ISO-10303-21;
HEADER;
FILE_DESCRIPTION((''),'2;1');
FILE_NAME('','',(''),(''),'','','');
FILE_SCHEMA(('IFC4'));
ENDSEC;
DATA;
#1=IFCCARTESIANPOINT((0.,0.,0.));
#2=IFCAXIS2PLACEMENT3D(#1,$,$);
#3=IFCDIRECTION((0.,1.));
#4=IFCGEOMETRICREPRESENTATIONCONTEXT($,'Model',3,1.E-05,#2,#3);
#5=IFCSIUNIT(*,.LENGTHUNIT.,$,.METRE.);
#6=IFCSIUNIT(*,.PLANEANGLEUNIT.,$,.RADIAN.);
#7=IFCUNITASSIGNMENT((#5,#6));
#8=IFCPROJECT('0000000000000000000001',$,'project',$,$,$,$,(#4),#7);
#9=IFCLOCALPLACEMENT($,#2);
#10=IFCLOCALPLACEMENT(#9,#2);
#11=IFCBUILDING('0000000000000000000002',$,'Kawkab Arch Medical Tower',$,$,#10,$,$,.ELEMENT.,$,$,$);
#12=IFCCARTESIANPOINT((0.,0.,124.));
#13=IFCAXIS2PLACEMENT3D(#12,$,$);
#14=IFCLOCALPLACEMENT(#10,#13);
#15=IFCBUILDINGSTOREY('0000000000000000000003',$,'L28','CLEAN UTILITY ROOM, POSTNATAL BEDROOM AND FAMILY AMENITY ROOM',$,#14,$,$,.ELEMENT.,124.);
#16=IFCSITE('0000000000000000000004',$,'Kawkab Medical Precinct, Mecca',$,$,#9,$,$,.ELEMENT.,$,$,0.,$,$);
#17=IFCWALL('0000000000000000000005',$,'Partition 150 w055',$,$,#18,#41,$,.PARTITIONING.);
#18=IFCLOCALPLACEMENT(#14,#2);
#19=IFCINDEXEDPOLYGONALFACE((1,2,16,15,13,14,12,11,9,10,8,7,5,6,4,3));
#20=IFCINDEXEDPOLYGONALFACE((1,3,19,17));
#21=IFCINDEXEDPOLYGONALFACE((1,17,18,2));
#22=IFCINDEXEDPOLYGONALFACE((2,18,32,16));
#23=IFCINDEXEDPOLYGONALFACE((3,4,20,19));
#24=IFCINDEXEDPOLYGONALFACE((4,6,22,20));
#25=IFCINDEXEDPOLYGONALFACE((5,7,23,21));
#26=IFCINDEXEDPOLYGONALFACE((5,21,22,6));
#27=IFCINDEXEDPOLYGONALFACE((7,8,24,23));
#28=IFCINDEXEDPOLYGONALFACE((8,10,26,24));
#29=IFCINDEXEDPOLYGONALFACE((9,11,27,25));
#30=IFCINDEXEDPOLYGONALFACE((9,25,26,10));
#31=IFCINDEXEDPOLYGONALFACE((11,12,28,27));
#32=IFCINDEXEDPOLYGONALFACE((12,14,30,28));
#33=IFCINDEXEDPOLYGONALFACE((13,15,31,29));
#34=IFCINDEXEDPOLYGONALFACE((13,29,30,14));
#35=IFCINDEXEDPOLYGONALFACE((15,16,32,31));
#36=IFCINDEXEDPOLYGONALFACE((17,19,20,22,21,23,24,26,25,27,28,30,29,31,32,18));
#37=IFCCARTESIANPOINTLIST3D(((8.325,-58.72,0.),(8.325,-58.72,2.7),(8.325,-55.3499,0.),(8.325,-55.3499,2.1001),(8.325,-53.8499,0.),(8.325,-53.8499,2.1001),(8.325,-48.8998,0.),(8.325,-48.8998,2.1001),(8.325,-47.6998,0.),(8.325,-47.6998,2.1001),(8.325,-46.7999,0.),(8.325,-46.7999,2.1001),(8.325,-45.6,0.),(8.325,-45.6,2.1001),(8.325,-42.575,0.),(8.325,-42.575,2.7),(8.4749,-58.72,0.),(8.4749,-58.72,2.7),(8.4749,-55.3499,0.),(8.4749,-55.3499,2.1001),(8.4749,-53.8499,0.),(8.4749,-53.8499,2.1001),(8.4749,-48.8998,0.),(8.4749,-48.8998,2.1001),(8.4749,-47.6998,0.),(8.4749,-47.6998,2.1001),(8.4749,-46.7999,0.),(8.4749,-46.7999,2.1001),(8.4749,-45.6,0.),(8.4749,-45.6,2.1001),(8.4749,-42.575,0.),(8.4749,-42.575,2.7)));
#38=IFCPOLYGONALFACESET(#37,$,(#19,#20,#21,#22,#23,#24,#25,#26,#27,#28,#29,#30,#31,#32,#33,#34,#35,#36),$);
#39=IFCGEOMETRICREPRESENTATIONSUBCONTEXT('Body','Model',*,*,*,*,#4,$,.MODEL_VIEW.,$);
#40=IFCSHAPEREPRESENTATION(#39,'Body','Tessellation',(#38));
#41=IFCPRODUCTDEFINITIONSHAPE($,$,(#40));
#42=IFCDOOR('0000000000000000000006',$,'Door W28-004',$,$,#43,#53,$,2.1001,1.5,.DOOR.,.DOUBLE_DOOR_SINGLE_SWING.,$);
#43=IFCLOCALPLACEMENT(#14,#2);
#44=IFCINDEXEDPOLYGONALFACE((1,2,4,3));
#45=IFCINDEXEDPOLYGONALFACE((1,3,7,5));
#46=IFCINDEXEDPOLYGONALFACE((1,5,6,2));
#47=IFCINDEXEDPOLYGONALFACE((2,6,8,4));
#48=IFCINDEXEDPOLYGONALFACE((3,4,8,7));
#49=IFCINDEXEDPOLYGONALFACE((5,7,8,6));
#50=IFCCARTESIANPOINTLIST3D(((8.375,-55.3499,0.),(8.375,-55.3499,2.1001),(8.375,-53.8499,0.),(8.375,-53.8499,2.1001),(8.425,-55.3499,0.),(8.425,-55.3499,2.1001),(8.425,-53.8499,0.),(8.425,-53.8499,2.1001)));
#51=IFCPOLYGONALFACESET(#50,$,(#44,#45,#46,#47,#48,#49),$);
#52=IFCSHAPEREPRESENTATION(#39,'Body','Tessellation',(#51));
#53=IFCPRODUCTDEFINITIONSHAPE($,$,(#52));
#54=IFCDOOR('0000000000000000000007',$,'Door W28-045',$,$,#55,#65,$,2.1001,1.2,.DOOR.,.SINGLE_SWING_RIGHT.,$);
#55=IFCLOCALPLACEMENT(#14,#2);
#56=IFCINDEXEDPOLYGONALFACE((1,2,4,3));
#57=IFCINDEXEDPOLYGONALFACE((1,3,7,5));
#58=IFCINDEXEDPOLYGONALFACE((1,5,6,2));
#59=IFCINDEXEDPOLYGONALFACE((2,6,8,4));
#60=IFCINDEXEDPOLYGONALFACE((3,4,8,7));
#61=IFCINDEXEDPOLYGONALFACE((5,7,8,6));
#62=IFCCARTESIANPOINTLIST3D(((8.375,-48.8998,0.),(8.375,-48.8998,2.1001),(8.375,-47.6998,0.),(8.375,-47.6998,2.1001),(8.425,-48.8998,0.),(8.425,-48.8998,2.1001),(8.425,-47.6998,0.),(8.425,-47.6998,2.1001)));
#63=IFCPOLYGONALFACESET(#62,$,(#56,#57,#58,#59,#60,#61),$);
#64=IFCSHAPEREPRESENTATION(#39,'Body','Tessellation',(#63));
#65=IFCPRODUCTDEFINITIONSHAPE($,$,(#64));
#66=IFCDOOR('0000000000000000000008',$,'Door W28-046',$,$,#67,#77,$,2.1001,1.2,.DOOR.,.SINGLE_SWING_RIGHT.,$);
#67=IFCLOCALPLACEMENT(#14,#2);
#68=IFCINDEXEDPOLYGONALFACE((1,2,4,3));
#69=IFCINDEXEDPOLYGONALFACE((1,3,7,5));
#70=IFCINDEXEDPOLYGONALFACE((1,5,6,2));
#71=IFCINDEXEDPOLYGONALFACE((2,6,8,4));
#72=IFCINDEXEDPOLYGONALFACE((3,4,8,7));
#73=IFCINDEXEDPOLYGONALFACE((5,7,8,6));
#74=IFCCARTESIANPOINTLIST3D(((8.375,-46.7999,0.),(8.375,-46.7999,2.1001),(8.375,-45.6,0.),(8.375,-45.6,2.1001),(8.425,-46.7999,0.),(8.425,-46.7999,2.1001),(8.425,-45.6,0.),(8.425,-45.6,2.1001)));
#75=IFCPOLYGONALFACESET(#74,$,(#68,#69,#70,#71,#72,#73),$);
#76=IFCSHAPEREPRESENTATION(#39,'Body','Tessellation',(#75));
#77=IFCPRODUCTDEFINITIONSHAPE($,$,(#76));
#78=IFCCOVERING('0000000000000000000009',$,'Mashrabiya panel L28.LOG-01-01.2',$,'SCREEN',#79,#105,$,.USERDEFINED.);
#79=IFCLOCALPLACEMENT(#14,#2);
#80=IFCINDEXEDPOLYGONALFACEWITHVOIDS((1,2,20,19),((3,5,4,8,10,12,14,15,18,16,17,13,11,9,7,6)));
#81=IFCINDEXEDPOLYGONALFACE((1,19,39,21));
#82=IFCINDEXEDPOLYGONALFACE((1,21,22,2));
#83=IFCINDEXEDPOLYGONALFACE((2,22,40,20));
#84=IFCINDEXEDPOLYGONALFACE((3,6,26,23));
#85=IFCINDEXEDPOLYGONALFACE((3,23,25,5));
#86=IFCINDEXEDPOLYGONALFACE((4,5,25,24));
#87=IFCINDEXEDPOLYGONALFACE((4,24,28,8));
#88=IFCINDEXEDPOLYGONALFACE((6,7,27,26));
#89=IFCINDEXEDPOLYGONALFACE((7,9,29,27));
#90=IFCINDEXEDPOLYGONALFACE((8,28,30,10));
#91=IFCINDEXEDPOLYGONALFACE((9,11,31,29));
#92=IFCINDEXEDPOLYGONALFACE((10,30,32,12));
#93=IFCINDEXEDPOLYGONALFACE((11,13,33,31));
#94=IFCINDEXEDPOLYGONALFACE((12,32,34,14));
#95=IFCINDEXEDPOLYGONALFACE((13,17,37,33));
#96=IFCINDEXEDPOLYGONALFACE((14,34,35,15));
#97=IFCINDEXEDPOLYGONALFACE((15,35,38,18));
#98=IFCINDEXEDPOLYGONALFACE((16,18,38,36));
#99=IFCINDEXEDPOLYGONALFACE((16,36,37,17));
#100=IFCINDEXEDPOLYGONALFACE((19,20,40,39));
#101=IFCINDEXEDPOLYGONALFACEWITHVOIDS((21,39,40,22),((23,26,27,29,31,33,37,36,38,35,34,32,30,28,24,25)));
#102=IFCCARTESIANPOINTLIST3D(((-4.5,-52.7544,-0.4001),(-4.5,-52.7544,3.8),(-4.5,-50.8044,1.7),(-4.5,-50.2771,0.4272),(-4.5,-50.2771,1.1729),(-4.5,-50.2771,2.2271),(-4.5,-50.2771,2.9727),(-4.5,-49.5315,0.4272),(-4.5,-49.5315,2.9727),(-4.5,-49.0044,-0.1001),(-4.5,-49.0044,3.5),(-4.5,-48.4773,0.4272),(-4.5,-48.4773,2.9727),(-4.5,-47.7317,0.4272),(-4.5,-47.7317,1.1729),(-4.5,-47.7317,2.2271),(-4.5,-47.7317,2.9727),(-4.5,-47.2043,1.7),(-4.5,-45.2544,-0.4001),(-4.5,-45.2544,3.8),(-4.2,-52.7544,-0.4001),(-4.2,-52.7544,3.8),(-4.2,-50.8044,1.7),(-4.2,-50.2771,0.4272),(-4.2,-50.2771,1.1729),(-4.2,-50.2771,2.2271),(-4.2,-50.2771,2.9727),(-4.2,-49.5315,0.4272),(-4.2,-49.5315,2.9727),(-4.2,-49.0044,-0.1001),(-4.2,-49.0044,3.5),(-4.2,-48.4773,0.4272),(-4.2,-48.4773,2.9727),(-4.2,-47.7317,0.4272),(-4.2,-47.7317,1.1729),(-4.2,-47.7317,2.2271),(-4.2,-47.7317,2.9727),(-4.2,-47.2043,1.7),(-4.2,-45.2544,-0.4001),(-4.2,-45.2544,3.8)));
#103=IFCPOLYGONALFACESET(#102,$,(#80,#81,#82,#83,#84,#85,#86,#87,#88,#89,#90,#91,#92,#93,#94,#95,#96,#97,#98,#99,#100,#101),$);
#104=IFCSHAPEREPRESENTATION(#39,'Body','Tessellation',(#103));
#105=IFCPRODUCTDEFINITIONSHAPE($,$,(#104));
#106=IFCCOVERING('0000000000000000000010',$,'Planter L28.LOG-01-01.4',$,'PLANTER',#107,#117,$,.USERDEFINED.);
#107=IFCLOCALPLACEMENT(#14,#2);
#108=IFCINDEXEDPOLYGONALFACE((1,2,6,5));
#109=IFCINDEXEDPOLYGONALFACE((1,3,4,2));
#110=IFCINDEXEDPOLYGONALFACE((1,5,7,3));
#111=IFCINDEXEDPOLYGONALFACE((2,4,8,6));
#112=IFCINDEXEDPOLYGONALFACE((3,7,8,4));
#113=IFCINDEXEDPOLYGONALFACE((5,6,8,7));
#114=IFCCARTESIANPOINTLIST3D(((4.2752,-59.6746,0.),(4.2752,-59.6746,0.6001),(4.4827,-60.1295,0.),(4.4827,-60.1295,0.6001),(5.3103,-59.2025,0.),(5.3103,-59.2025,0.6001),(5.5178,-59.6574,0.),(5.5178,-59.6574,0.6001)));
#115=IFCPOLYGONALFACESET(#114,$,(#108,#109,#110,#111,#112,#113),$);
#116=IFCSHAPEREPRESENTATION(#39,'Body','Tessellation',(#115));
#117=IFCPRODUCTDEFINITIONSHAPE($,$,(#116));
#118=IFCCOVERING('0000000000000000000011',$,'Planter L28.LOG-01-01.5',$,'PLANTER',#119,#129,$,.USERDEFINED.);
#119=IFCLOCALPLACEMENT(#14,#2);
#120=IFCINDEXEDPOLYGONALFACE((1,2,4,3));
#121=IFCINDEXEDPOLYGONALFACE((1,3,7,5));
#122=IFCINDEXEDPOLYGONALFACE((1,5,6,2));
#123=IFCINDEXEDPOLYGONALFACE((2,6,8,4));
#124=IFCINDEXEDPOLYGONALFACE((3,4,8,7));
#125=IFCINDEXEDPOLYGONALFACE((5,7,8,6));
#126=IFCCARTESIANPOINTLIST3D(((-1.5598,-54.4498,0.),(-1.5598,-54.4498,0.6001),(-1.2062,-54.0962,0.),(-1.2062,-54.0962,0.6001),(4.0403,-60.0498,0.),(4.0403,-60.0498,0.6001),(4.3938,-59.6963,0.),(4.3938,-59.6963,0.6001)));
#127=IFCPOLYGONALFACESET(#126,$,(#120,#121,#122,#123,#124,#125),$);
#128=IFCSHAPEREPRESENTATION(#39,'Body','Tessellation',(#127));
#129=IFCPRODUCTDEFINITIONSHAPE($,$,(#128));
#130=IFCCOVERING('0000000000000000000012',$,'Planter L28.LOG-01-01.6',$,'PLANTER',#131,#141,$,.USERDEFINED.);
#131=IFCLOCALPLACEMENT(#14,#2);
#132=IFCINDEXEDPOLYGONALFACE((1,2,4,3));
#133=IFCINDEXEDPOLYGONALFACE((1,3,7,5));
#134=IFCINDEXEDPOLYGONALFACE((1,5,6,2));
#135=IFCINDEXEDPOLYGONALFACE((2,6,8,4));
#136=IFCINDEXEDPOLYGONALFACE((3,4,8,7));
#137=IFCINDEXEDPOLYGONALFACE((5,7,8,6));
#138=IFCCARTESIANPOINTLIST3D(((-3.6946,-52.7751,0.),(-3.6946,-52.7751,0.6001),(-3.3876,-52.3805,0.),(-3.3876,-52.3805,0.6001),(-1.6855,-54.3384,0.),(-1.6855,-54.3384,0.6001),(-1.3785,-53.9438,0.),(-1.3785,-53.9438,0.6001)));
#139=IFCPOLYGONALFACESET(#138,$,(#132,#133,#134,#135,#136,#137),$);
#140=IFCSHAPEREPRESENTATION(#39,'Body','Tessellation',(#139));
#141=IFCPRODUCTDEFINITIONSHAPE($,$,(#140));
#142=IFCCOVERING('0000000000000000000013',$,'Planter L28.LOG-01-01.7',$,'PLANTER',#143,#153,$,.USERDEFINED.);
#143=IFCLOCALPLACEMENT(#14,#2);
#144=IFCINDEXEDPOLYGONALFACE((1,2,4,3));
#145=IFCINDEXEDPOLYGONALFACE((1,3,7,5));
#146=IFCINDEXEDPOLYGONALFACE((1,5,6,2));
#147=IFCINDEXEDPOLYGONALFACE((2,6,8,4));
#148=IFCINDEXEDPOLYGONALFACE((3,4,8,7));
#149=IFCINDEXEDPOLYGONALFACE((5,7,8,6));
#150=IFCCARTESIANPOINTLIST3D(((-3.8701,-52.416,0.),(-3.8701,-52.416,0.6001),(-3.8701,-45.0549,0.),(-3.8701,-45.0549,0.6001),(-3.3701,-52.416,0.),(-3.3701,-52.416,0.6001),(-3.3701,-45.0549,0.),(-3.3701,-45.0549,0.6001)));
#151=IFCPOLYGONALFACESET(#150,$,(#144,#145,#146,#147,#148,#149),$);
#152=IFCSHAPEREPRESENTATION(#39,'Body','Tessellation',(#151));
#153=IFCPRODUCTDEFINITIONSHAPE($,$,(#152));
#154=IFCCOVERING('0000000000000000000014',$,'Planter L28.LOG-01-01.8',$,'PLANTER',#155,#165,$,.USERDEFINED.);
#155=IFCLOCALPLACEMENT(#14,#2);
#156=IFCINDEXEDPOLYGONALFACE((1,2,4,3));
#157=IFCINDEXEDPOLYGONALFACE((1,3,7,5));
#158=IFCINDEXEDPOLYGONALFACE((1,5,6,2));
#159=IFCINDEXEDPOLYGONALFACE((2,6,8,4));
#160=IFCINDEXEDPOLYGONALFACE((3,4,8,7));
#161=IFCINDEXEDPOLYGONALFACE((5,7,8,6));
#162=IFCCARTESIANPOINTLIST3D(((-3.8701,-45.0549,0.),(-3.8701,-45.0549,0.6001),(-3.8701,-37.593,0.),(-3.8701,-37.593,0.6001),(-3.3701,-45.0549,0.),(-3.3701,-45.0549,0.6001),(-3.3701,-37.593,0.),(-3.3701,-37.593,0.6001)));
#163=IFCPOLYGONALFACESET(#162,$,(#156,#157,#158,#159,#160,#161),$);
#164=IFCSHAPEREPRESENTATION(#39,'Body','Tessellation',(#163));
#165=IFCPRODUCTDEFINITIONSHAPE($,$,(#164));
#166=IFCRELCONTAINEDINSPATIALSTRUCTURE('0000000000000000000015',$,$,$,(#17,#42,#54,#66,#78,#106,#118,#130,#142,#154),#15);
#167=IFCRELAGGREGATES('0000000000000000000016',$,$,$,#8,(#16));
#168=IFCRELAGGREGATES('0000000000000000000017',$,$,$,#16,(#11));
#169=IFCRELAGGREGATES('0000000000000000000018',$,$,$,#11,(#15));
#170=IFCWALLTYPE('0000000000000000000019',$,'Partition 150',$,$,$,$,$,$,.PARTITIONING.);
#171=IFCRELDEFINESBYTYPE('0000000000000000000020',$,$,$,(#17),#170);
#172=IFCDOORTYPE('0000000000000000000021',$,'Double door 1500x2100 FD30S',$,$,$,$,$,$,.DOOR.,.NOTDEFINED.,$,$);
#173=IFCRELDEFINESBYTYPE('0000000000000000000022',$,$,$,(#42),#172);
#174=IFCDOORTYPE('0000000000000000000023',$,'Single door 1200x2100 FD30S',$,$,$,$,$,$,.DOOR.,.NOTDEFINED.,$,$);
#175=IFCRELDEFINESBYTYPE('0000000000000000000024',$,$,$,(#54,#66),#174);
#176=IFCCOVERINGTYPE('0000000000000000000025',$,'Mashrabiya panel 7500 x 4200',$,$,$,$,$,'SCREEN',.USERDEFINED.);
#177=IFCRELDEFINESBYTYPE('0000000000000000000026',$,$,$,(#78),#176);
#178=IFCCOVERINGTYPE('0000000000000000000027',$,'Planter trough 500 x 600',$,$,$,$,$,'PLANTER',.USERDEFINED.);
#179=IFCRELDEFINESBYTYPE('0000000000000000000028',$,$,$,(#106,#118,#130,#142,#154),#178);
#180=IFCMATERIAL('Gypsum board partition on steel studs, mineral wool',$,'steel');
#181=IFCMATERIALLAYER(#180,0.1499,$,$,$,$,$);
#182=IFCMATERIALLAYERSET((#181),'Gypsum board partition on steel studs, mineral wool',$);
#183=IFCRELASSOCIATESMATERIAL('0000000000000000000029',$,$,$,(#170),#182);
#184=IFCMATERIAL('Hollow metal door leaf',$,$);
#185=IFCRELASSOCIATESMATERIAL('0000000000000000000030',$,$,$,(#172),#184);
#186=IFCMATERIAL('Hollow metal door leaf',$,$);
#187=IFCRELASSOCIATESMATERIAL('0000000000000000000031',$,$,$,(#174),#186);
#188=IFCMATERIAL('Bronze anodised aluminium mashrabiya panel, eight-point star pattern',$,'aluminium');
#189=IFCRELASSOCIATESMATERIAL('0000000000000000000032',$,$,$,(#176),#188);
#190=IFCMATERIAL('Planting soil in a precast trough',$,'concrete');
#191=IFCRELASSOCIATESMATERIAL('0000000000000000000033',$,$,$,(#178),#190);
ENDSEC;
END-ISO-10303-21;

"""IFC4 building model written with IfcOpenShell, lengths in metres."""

from ifc_helpers import new_model, si_unit, direction, frame, frame_2d, origin, origin_2d, place, context, subcontext, project, spatial, polyline, rectangle, outline, extrude, material, layer, layer_set, material_profile, profile_set, type_object, element, fill, save


model = new_model("IFC4")

# Units and contexts
model_context = context("Model", 3, precision=1e-05, world=origin(), true_north=direction((0.0, 1.0)))
body_context = subcontext(model_context, "Body", "Model", "MODEL_VIEW")
ifc_project = project(units=[si_unit("LENGTHUNIT", "METRE"), si_unit("PLANEANGLEUNIT", "RADIAN")], contexts=[model_context])

# Site, building, storey
site_placement = place(None, origin())
site = spatial("IfcSite", under=ifc_project, at=site_placement, Name="Kawkab Medical Precinct, Mecca", CompositionType="ELEMENT", RefElevation=0.0)
building_placement = place(site_placement, origin())
building = spatial("IfcBuilding", under=site, at=building_placement, Name="Kawkab Arch Medical Tower", CompositionType="ELEMENT")
storey_placement = place(building_placement, frame((0.0, 0.0, 124.0)))
storey = spatial("IfcBuildingStorey", under=building, at=storey_placement, Name="L28", Description="CLEAN UTILITY ROOM, POSTNATAL BEDROOM AND FAMILY AMENITY ROOM", CompositionType="ELEMENT", Elevation=124.0)

# Shared definitions
ifc_material_1 = material(Name="Gypsum board partition on steel studs, mineral wool", Category="steel")
ifc_layer_1 = layer(ifc_material_1, 0.1499)
ifc_layer_set_1 = layer_set([ifc_layer_1], Name="Gypsum board partition on steel studs, mineral wool")
wall_type_1 = type_object("IfcWallType", Name="Partition 150", PredefinedType="PARTITIONING", material=ifc_layer_set_1)

# Wall, openings, doors
wall_1_placement = place(storey_placement, frame((8.3999, -58.72, 0.0), z_axis=(0.0, 0.0, 1.0), x_axis=(0.0, 1.0, 0.0)))
wall_1 = element("IfcWall", 1, at=wall_1_placement, inside=storey, type_object=wall_type_1, Name="Partition 150 w055", PredefinedType="PARTITIONING", context=body_context, shape_type="SweptSolid", body=[
    extrude(rectangle(XDim=16.145, YDim=0.1499, at=frame_2d((8.0725, 0.0))), origin(), (0.0, 0.0, 1.0), 2.7),
])
opening_1_placement = place(wall_1_placement, frame((9.8201, 0.0, 0.0)))
opening_1 = element("IfcOpeningElement", 2, at=opening_1_placement, cuts=wall_1, PredefinedType="OPENING", context=body_context, shape_type="SweptSolid", body=[
    extrude(rectangle(XDim=1.2, YDim=2.1001, at=frame_2d((0.6001, 1.05))), frame((0.0, 0.085, 0.0), z_axis=(0.0, -1.0, 0.0), x_axis=(1.0, 0.0, 0.0)), (0.0, 0.0, 1.0), 0.1699),
])
opening_2_placement = place(wall_1_placement, frame((11.9199, 0.0, 0.0)))
opening_2 = element("IfcOpeningElement", 3, at=opening_2_placement, cuts=wall_1, PredefinedType="OPENING", context=body_context, shape_type="SweptSolid", body=[
    extrude(rectangle(XDim=1.2, YDim=2.1001, at=frame_2d((0.6001, 1.05))), frame((0.0, 0.085, 0.0), z_axis=(0.0, -1.0, 0.0), x_axis=(1.0, 0.0, 0.0)), (0.0, 0.0, 1.0), 0.1699),
])
opening_3_placement = place(wall_1_placement, frame((3.3701, 0.0, 0.0)))
opening_3 = element("IfcOpeningElement", 4, at=opening_3_placement, cuts=wall_1, PredefinedType="OPENING", context=body_context, shape_type="SweptSolid", body=[
    extrude(rectangle(XDim=1.5, YDim=2.1001, at=frame_2d((0.75, 1.05))), frame((0.0, 0.085, 0.0), z_axis=(0.0, -1.0, 0.0), x_axis=(1.0, 0.0, 0.0)), (0.0, 0.0, 1.0), 0.1699),
])
ifc_material_2 = material(Name="Hollow metal door leaf")
door_type_1 = type_object("IfcDoorType", Name="Double door 1500x2100 FD30S", OperationType="NOTDEFINED", PredefinedType="DOOR", material=ifc_material_2)
door_1_placement = place(opening_3_placement, origin())
door_1 = element("IfcDoor", 5, at=door_1_placement, inside=storey, type_object=door_type_1, Name="Door W28-004", OperationType="DOUBLE_DOOR_SINGLE_SWING", OverallHeight=2.1001, OverallWidth=1.5, PredefinedType="DOOR", context=body_context, shape_type="SweptSolid", body=[
    extrude(rectangle(XDim=1.5, YDim=2.1001, at=frame_2d((0.75, 1.05))), frame((0.0, 0.0249, 0.0), z_axis=(0.0, -1.0, 0.0), x_axis=(1.0, 0.0, 0.0)), (0.0, 0.0, 1.0), 0.05),
])
fill(opening_3, door_1)
ifc_material_3 = material(Name="Hollow metal door leaf")
door_type_2 = type_object("IfcDoorType", Name="Single door 1200x2100 FD30S", OperationType="NOTDEFINED", PredefinedType="DOOR", material=ifc_material_3)
door_2_placement = place(opening_1_placement, origin())
door_2 = element("IfcDoor", 6, at=door_2_placement, inside=storey, type_object=door_type_2, Name="Door W28-045", OperationType="SINGLE_SWING_RIGHT", OverallHeight=2.1001, OverallWidth=1.2, PredefinedType="DOOR", context=body_context, shape_type="SweptSolid", body=[
    extrude(rectangle(XDim=1.2, YDim=2.1001, at=frame_2d((0.6001, 1.05))), frame((0.0, 0.0249, 0.0), z_axis=(0.0, -1.0, 0.0), x_axis=(1.0, 0.0, 0.0)), (0.0, 0.0, 1.0), 0.05),
])
fill(opening_1, door_2)
door_3_placement = place(opening_2_placement, origin())
door_3 = element("IfcDoor", 7, at=door_3_placement, inside=storey, type_object=door_type_2, Name="Door W28-046", OperationType="SINGLE_SWING_RIGHT", OverallHeight=2.1001, OverallWidth=1.2, PredefinedType="DOOR", context=body_context, shape_type="SweptSolid", body=[
    extrude(rectangle(XDim=1.2, YDim=2.1001, at=frame_2d((0.6001, 1.05))), frame((0.0, 0.0249, 0.0), z_axis=(0.0, -1.0, 0.0), x_axis=(1.0, 0.0, 0.0)), (0.0, 0.0, 1.0), 0.05),
])
fill(opening_2, door_3)

# Coverings
ifc_material_4 = material(Name="Bronze anodised aluminium mashrabiya panel, eight-point star pattern", Category="aluminium")
ifc_material_profile_1 = material_profile(ifc_material_4, outline(polyline([(-3.75, -2.1001), (3.75, -2.1001), (3.75, 2.1001), (-3.75, 2.1001), (-3.75, -2.1001)]), holes=[polyline([(1.8, 0.0), (1.2727, 0.5271), (1.2727, 1.2727), (0.5271, 1.2727), (0.0, 1.8), (-0.5271, 1.2727), (-1.2727, 1.2727), (-1.2727, 0.5271), (-1.8, 0.0), (-1.2727, -0.5271), (-1.2727, -1.2727), (-0.5271, -1.2727), (0.0, -1.8), (0.5271, -1.2727), (1.2727, -1.2727), (1.2727, -0.5271), (1.8, 0.0)])]), Name="Mashrabiya panel 7500x4200")
ifc_profile_set_1 = profile_set([ifc_material_profile_1], Name="Bronze anodised aluminium mashrabiya panel, eight-point star pattern")
covering_type_1 = type_object("IfcCoveringType", Name="Mashrabiya panel 7500 x 4200", ElementType="SCREEN", PredefinedType="USERDEFINED", material=ifc_profile_set_1)
covering_1_placement = place(storey_placement, frame((-4.2, -49.0044, 1.7), z_axis=(-1.0, 0.0, 0.0), x_axis=(0.0, -1.0, 0.0)))
element("IfcCovering", 8, at=covering_1_placement, inside=storey, type_object=covering_type_1, Name="Mashrabiya panel L28.LOG-01-01.2", ObjectType="SCREEN", PredefinedType="USERDEFINED", context=body_context, shape_type="SweptSolid", body=[
    extrude(outline(polyline([(-3.75, -2.1001), (3.75, -2.1001), (3.75, 2.1001), (-3.75, 2.1001), (-3.75, -2.1001)]), holes=[polyline([(1.8, 0.0), (1.2727, 0.5271), (1.2727, 1.2727), (0.5271, 1.2727), (0.0, 1.8), (-0.5271, 1.2727), (-1.2727, 1.2727), (-1.2727, 0.5271), (-1.8, 0.0), (-1.2727, -0.5271), (-1.2727, -1.2727), (-0.5271, -1.2727), (0.0, -1.8), (0.5271, -1.2727), (1.2727, -1.2727), (1.2727, -0.5271), (1.8, 0.0)])]), origin(), (0.0, 0.0, 1.0), 0.3),
])
ifc_material_5 = material(Name="Planting soil in a precast trough", Category="concrete")
ifc_material_profile_2 = material_profile(ifc_material_5, rectangle(XDim=0.5, YDim=0.6001, at=origin_2d()), Name="Trough 500x600")
ifc_profile_set_2 = profile_set([ifc_material_profile_2], Name="Planting soil in a precast trough")
covering_type_2 = type_object("IfcCoveringType", Name="Planter trough 500 x 600", ElementType="PLANTER", PredefinedType="USERDEFINED", material=ifc_profile_set_2)
covering_2_placement = place(storey_placement, frame((5.4141, -59.4299, 0.3), z_axis=(-0.909822, -0.414999, 0.0), x_axis=(0.414999, -0.909822, 0.0)))
element("IfcCovering", 9, at=covering_2_placement, inside=storey, type_object=covering_type_2, Name="Planter L28.LOG-01-01.4", ObjectType="PLANTER", PredefinedType="USERDEFINED", context=body_context, shape_type="SweptSolid", body=[
    extrude(rectangle(XDim=0.5, YDim=0.6001, at=origin_2d()), origin(), (0.0, 0.0, 1.0), 1.1377),
])
covering_3_placement = place(storey_placement, frame((4.217, -59.873, 0.3), z_axis=(-0.707107, 0.707107, 0.0), x_axis=(-0.707107, -0.707107, 0.0)))
element("IfcCovering", 10, at=covering_3_placement, inside=storey, type_object=covering_type_2, Name="Planter L28.LOG-01-01.5", ObjectType="PLANTER", PredefinedType="USERDEFINED", context=body_context, shape_type="SweptSolid", body=[
    extrude(rectangle(XDim=0.5, YDim=0.6001, at=origin_2d()), origin(), (0.0, 0.0, 1.0), 7.9197),
])
covering_4_placement = place(storey_placement, frame((-1.532, -54.1411, 0.3), z_axis=(-0.789228, 0.6141, 0.0), x_axis=(-0.6141, -0.789228, 0.0)))
element("IfcCovering", 11, at=covering_4_placement, inside=storey, type_object=covering_type_2, Name="Planter L28.LOG-01-01.6", ObjectType="PLANTER", PredefinedType="USERDEFINED", context=body_context, shape_type="SweptSolid", body=[
    extrude(rectangle(XDim=0.5, YDim=0.6001, at=origin_2d()), origin(), (0.0, 0.0, 1.0), 2.5457),
])
covering_5_placement = place(storey_placement, frame((-3.6201, -52.416, 0.3), z_axis=(0.0, 1.0, 0.0), x_axis=(-1.0, 0.0, 0.0)))
element("IfcCovering", 12, at=covering_5_placement, inside=storey, type_object=covering_type_2, Name="Planter L28.LOG-01-01.7", ObjectType="PLANTER", PredefinedType="USERDEFINED", context=body_context, shape_type="SweptSolid", body=[
    extrude(rectangle(XDim=0.5, YDim=0.6001, at=origin_2d()), origin(), (0.0, 0.0, 1.0), 7.3611),
])
covering_6_placement = place(storey_placement, frame((-3.6201, -45.0549, 0.3), z_axis=(0.0, 1.0, 0.0), x_axis=(-1.0, 0.0, 0.0)))
element("IfcCovering", 13, at=covering_6_placement, inside=storey, type_object=covering_type_2, Name="Planter L28.LOG-01-01.8", ObjectType="PLANTER", PredefinedType="USERDEFINED", context=body_context, shape_type="SweptSolid", body=[
    extrude(rectangle(XDim=0.5, YDim=0.6001, at=origin_2d()), origin(), (0.0, 0.0, 1.0), 7.4619),
])

save(model, "model.ifc")
